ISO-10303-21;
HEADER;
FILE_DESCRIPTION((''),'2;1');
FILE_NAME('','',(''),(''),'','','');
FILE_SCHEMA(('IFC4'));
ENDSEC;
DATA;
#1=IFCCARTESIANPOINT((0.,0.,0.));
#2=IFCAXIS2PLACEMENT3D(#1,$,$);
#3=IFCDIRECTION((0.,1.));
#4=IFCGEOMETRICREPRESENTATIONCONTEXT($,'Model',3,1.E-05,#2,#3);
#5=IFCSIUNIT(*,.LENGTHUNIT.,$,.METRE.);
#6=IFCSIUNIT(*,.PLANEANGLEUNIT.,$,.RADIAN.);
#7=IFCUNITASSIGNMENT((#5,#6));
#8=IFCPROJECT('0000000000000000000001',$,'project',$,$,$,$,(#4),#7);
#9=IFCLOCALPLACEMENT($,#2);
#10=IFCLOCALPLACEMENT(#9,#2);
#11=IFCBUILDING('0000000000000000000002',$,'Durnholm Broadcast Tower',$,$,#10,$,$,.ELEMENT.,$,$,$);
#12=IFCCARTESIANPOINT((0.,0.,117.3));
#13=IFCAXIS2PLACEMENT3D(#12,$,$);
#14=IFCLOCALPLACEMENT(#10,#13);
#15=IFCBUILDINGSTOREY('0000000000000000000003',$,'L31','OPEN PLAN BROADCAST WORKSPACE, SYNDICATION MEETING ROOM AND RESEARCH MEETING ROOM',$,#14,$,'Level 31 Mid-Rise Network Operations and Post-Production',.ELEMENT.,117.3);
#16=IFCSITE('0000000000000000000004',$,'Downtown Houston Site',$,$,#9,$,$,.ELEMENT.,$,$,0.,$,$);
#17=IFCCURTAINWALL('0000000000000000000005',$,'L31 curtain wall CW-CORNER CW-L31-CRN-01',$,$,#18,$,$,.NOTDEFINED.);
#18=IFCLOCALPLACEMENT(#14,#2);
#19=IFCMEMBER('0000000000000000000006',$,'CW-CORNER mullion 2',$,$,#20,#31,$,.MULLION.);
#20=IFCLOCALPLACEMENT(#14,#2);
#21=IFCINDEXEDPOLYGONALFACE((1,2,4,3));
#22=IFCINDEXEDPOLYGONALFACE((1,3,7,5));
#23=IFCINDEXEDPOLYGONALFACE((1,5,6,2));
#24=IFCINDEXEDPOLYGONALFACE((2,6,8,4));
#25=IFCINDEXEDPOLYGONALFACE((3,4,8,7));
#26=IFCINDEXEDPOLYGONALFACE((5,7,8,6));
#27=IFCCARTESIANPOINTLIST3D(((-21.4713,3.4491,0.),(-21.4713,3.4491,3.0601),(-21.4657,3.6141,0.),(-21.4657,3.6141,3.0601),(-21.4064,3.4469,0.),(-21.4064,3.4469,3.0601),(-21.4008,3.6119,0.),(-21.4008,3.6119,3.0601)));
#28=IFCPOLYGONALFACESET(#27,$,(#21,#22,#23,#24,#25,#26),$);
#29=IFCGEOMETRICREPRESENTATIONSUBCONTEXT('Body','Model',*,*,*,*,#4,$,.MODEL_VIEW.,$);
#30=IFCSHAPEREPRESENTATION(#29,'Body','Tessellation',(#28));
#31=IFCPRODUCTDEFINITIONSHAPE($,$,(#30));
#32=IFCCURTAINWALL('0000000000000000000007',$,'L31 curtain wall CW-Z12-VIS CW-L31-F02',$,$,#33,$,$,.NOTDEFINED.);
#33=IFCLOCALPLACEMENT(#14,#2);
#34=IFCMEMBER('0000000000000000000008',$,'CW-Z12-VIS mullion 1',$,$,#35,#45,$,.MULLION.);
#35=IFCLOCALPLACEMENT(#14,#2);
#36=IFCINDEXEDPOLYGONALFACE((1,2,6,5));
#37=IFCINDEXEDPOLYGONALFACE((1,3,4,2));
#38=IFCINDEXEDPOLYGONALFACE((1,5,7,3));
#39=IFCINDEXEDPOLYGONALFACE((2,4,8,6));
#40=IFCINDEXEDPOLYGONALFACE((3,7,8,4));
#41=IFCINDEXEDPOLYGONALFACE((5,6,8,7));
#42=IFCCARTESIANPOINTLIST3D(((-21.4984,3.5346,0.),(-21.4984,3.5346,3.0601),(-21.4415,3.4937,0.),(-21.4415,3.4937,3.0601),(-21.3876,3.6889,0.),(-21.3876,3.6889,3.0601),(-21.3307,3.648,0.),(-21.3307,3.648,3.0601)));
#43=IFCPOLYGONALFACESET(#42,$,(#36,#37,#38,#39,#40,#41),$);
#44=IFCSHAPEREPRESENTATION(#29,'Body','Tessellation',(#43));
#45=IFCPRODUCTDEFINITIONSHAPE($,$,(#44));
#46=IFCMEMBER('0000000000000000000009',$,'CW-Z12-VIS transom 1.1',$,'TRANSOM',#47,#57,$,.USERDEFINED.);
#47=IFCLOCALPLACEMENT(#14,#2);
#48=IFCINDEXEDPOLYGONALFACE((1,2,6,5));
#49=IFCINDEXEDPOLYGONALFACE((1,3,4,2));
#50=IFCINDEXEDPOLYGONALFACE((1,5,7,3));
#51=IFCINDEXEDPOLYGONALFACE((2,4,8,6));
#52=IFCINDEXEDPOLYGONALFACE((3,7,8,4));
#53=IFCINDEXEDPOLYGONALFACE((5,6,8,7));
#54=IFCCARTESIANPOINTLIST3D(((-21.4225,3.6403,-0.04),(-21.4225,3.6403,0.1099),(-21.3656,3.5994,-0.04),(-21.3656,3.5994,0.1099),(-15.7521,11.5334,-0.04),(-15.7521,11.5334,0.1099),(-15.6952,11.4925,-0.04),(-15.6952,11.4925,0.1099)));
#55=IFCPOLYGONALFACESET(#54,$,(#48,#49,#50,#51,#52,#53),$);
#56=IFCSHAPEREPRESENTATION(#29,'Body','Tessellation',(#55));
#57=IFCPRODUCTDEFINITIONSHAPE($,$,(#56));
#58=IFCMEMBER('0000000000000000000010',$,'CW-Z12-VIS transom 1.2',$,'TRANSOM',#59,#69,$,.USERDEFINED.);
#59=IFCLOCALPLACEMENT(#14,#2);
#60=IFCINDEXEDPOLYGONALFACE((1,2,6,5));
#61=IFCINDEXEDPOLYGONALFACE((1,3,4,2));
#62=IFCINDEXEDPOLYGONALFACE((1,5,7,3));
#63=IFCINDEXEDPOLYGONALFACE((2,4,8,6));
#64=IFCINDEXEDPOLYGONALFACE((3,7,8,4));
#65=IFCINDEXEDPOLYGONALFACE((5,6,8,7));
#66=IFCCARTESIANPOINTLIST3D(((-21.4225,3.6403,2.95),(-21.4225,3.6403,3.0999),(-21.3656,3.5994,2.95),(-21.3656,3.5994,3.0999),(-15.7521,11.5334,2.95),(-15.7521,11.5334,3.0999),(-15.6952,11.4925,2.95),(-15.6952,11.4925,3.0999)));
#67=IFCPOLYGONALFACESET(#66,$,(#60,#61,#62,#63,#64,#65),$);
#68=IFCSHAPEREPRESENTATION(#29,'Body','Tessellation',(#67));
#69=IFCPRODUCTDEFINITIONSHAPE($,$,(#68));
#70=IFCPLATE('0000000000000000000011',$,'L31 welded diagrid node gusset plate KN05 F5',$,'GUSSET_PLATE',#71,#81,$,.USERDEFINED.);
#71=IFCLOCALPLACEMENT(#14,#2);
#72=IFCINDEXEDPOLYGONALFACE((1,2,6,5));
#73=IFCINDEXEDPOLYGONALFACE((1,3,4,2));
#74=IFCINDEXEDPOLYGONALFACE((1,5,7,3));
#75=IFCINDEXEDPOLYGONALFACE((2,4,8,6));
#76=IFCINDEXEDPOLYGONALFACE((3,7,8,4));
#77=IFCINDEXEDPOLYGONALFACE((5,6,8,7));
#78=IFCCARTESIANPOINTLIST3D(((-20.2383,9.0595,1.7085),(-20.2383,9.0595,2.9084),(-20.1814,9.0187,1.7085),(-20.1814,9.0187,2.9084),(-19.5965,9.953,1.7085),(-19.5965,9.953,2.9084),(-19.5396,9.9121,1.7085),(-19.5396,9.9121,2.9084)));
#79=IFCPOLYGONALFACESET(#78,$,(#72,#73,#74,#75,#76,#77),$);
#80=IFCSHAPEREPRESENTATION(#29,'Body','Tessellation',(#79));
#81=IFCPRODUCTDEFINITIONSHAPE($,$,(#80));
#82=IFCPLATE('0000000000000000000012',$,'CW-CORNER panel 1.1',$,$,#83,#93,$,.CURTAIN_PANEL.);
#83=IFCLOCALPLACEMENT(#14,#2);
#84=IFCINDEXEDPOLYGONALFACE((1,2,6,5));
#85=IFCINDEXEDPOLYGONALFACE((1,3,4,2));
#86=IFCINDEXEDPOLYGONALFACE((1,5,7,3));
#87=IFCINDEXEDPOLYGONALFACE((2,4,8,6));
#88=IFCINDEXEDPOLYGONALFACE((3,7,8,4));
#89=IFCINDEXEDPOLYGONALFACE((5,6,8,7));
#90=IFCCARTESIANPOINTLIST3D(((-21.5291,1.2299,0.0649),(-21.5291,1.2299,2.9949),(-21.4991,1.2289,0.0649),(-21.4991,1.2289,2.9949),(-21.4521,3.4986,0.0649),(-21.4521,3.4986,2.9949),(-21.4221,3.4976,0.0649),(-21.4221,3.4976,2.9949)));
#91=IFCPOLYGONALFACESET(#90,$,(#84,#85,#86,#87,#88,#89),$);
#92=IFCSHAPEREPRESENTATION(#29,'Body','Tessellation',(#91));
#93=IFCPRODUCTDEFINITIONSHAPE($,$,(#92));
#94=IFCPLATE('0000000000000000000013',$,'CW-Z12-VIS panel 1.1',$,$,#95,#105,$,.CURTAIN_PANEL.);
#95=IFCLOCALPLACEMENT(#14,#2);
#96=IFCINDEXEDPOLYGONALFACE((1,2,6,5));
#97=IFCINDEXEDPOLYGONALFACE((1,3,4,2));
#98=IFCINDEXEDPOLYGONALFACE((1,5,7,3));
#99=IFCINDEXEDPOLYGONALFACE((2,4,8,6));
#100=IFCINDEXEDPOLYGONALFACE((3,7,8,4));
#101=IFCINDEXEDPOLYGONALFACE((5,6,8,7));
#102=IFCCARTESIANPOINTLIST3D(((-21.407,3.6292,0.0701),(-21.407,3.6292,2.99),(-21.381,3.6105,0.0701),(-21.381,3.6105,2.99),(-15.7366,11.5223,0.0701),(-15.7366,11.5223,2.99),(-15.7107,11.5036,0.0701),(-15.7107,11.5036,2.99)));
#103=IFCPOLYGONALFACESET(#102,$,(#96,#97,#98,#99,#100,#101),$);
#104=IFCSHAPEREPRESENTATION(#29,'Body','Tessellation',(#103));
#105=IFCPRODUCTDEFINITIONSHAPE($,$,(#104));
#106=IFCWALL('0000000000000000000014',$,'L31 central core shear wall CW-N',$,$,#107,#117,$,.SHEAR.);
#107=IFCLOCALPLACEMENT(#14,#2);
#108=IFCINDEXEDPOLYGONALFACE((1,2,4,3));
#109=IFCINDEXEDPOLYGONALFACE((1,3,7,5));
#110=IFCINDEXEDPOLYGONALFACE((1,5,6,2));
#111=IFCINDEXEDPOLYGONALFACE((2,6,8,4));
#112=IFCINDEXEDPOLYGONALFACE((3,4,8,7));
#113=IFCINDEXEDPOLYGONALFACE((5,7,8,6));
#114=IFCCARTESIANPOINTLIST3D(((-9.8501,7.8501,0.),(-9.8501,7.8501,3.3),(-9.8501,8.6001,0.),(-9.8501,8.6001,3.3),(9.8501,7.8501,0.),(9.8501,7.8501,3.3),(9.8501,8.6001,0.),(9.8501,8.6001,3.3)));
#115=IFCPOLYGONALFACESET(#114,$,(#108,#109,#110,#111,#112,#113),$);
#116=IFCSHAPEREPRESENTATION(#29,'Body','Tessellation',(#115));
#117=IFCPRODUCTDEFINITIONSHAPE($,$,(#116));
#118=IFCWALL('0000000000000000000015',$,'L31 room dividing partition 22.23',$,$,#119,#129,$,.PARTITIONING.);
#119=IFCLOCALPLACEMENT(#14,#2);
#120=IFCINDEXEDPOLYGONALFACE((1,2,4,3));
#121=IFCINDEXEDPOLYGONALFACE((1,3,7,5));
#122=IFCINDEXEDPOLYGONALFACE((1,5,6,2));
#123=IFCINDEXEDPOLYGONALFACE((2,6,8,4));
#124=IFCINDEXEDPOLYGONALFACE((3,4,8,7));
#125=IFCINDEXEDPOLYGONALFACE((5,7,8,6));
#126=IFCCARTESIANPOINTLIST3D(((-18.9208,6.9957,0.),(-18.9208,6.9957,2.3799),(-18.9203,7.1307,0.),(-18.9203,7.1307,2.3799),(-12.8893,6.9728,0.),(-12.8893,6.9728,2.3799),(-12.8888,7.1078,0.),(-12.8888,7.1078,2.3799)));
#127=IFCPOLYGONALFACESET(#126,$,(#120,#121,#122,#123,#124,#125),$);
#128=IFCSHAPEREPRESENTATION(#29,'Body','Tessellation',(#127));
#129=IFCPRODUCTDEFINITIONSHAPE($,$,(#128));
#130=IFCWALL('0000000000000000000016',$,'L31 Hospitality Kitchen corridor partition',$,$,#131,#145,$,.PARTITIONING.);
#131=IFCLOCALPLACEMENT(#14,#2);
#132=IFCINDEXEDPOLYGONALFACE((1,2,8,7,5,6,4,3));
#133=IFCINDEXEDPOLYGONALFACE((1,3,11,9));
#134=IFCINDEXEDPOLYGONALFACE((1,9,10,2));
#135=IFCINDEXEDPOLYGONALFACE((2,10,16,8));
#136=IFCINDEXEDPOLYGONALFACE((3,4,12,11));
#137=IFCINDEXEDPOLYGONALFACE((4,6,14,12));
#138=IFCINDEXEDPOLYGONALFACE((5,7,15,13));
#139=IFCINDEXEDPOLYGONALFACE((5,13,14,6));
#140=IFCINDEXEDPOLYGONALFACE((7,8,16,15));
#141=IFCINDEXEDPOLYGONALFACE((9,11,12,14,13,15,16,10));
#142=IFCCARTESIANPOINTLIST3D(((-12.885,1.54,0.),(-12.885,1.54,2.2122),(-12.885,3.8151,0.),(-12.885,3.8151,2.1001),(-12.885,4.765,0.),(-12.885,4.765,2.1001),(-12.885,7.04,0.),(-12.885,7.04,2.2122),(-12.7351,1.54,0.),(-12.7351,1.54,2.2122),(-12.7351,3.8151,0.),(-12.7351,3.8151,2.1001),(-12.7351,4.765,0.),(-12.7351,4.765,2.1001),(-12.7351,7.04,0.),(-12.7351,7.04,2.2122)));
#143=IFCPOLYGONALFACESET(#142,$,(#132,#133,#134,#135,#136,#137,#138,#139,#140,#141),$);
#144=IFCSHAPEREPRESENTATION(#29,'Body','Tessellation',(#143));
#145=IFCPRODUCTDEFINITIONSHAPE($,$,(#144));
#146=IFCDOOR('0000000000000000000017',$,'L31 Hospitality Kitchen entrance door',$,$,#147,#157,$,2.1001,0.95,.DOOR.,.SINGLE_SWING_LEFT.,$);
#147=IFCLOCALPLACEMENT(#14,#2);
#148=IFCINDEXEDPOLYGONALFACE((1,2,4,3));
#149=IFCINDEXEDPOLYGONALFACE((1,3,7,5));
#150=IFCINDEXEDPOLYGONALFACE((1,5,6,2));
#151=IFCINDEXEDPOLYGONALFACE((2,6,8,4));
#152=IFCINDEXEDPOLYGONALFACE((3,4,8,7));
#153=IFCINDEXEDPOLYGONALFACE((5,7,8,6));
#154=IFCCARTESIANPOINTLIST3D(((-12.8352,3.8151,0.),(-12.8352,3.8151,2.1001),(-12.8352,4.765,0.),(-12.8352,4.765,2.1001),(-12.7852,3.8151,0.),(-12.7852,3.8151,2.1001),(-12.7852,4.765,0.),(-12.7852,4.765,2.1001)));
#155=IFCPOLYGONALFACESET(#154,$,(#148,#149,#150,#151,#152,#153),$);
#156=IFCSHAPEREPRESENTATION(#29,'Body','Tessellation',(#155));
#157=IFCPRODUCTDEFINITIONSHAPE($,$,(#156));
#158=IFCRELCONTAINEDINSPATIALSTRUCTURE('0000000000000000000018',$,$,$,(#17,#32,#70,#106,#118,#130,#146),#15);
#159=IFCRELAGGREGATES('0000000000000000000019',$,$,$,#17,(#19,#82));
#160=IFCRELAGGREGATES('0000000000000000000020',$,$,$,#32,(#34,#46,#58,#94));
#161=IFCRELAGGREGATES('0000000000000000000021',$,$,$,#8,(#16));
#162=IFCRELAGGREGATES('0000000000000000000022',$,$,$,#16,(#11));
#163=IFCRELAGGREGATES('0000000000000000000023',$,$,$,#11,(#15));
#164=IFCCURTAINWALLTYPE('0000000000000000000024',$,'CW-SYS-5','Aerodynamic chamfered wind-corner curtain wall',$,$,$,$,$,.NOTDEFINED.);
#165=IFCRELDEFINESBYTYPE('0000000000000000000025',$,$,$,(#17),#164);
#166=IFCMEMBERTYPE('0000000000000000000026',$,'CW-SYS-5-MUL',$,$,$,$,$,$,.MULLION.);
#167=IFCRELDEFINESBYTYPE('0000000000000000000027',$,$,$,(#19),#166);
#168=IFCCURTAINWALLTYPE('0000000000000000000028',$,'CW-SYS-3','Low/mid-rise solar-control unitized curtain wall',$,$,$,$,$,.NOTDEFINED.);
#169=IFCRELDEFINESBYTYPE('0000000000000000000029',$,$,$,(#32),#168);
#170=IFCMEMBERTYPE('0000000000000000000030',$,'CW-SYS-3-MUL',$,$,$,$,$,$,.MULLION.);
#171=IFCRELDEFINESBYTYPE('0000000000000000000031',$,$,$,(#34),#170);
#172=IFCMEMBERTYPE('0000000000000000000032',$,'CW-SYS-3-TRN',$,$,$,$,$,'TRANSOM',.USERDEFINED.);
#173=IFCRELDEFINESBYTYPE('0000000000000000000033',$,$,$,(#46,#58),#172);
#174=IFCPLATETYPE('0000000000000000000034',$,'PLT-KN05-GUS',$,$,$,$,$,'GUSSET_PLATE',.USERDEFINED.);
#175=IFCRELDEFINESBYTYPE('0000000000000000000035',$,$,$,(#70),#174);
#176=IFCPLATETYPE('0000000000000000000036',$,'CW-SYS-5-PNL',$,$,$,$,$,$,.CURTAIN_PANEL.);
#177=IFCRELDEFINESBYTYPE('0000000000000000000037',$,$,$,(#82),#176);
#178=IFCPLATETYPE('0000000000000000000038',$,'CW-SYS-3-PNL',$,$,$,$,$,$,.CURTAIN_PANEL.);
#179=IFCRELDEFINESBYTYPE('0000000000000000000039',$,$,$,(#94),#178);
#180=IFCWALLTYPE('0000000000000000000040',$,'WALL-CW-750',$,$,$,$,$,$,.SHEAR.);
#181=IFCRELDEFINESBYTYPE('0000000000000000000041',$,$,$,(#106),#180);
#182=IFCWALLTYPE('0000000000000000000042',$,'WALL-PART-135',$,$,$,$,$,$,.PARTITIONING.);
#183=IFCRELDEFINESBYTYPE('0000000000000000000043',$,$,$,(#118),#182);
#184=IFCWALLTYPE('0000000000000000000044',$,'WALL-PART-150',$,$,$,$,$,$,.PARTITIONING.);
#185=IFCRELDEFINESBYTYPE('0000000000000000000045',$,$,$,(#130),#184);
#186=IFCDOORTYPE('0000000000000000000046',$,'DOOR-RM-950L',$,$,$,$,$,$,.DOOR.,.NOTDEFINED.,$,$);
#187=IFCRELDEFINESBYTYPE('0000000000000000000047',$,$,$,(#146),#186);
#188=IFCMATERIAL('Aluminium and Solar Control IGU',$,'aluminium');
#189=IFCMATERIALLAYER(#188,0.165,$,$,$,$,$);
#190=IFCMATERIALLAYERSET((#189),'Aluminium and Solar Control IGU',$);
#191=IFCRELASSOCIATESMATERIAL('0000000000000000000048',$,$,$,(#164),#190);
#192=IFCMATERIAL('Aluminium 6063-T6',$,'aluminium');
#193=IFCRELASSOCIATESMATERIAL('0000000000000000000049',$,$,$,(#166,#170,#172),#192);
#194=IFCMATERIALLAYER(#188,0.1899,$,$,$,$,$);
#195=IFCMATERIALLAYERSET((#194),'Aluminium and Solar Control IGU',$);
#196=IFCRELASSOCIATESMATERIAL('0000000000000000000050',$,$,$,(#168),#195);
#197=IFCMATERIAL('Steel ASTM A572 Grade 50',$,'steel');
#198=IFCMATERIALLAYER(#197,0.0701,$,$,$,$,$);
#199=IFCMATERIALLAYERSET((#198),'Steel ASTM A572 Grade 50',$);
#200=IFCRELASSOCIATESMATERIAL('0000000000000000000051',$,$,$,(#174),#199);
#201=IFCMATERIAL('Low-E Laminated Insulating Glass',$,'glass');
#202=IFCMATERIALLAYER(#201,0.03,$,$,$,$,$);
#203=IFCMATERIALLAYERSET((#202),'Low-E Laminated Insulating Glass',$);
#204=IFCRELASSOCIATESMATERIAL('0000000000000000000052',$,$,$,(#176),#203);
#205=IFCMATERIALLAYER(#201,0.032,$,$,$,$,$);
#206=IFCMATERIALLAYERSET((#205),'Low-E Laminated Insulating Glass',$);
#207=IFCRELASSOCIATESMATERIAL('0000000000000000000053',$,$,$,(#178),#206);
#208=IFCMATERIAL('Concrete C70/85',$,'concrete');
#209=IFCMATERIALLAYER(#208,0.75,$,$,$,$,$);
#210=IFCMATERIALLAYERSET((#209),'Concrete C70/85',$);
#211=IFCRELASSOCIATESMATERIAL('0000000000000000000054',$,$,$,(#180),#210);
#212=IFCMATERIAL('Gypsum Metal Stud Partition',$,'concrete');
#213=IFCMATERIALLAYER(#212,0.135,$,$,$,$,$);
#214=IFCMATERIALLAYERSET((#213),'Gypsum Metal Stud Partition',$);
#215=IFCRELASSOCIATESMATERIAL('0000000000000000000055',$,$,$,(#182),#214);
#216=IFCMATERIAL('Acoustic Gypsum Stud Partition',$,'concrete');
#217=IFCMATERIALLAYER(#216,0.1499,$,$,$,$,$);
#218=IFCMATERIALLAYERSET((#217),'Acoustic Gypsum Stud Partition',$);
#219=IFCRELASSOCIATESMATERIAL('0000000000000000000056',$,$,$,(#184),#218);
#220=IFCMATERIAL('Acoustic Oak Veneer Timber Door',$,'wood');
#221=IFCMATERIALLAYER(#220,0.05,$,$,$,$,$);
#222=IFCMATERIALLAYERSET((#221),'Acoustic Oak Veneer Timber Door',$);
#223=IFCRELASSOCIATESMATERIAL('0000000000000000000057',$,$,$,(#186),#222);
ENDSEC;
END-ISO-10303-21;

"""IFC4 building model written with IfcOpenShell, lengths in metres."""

from ifc_helpers import new_model, si_unit, direction, frame, frame_2d, origin, origin_2d, place, context, subcontext, project, spatial, rectangle, extrude, source, transform, mapped, material, layer, layer_set, material_profile, profile_set, type_object, type_shapes, element, fill, aggregate, save


model = new_model("IFC4")

# Units and contexts
model_context = context("Model", 3, precision=1e-05, world=origin(), true_north=direction((0.0, 1.0)))
body_context = subcontext(model_context, "Body", "Model", "MODEL_VIEW")
ifc_project = project(units=[si_unit("LENGTHUNIT", "METRE"), si_unit("PLANEANGLEUNIT", "RADIAN")], contexts=[model_context])

# Site, building, storey
site_placement = place(None, origin())
site = spatial("IfcSite", under=ifc_project, at=site_placement, Name="Downtown Houston Site", CompositionType="ELEMENT", RefElevation=0.0)
building_placement = place(site_placement, origin())
building = spatial("IfcBuilding", under=site, at=building_placement, Name="Durnholm Broadcast Tower", CompositionType="ELEMENT")
storey_placement = place(building_placement, frame((0.0, 0.0, 117.3)))
storey = spatial("IfcBuildingStorey", under=building, at=storey_placement, Name="L31", Description="OPEN PLAN BROADCAST WORKSPACE, SYNDICATION MEETING ROOM AND RESEARCH MEETING ROOM", LongName="Level 31 Mid-Rise Network Operations and Post-Production", CompositionType="ELEMENT", Elevation=117.3)

# Shared definitions
ifc_material_1 = material(Name="Concrete C70/85", Category="concrete")

# Curtain wall, member
ifc_material_2 = material(Name="Aluminium and Solar Control IGU", Category="aluminium")
ifc_layer_1 = layer(ifc_material_2, 0.165)
ifc_layer_set_1 = layer_set([ifc_layer_1], Name="Aluminium and Solar Control IGU")
curtain_wall_type_1 = type_object("IfcCurtainWallType", Name="CW-SYS-5", Description="Aerodynamic chamfered wind-corner curtain wall", PredefinedType="NOTDEFINED", material=ifc_layer_set_1)
curtain_wall_1_placement = place(storey_placement, origin())
curtain_wall_1 = element("IfcCurtainWall", 1, at=curtain_wall_1_placement, inside=storey, type_object=curtain_wall_type_1, Name="L31 curtain wall CW-CORNER CW-L31-CRN-01", PredefinedType="NOTDEFINED")
ifc_material_3 = material(Name="Aluminium 6063-T6", Category="aluminium")
ifc_material_profile_1 = material_profile(ifc_material_3, rectangle(XDim=0.0649, YDim=0.165, at=origin_2d()), Name="CWM65X165")
ifc_profile_set_1 = profile_set([ifc_material_profile_1], Name="Aluminium 6063-T6")
member_type_1 = type_object("IfcMemberType", Name="CW-SYS-5-MUL", PredefinedType="MULLION", material=ifc_profile_set_1)
shared_shape_1 = source(origin(), body_context, "Body", "SweptSolid", [
    extrude(rectangle(XDim=0.0649, YDim=0.165, at=origin_2d()), origin(), (0.0, 0.0, 1.0), 3.0601),
])
type_shapes(member_type_1, [shared_shape_1])
member_1_placement = place(storey_placement, frame((-21.436, 3.5305, 0.0), z_axis=(0.0, 0.0, 1.0), x_axis=(-0.999425, 0.033917, 0.0)))
member_1 = element("IfcMember", 2, at=member_1_placement, type_object=member_type_1, Name="CW-CORNER mullion 2", PredefinedType="MULLION", context=body_context, shape_type="MappedRepresentation", body=[
    mapped(shared_shape_1, transform((0.0, 0.0, 0.0), x_axis=(1.0, 0.0, 0.0), y_axis=(0.0, 1.0, 0.0), z_axis=(0.0, 0.0, 1.0), scale=1.0)),
])

# Curtain wall, members
ifc_layer_2 = layer(ifc_material_2, 0.1899)
ifc_layer_set_2 = layer_set([ifc_layer_2], Name="Aluminium and Solar Control IGU")
curtain_wall_type_2 = type_object("IfcCurtainWallType", Name="CW-SYS-3", Description="Low/mid-rise solar-control unitized curtain wall", PredefinedType="NOTDEFINED", material=ifc_layer_set_2)
curtain_wall_2_placement = place(storey_placement, origin())
curtain_wall_2 = element("IfcCurtainWall", 3, at=curtain_wall_2_placement, inside=storey, type_object=curtain_wall_type_2, Name="L31 curtain wall CW-Z12-VIS CW-L31-F02", PredefinedType="NOTDEFINED")
ifc_material_profile_2 = material_profile(ifc_material_3, rectangle(XDim=0.0701, YDim=0.1899, at=origin_2d()), Name="CWM70X190")
ifc_profile_set_2 = profile_set([ifc_material_profile_2], Name="Aluminium 6063-T6")
member_type_2 = type_object("IfcMemberType", Name="CW-SYS-3-MUL", PredefinedType="MULLION", material=ifc_profile_set_2)
shared_shape_2 = source(origin(), body_context, "Body", "SweptSolid", [
    extrude(rectangle(XDim=0.0701, YDim=0.1899, at=origin_2d()), origin(), (0.0, 0.0, 1.0), 3.0601),
])
type_shapes(member_type_2, [shared_shape_2])
member_2_placement = place(storey_placement, frame((-21.4146, 3.5913, 0.0), z_axis=(0.0, 0.0, 1.0), x_axis=(-0.812152, 0.583445, 0.0)))
member_2 = element("IfcMember", 4, at=member_2_placement, type_object=member_type_2, Name="CW-Z12-VIS mullion 1", PredefinedType="MULLION", context=body_context, shape_type="MappedRepresentation", body=[
    mapped(shared_shape_2, transform((0.0, 0.0, 0.0), x_axis=(1.0, 0.0, 0.0), y_axis=(0.0, 1.0, 0.0), z_axis=(0.0, 0.0, 1.0), scale=1.0)),
])
ifc_material_profile_3 = material_profile(ifc_material_3, rectangle(XDim=0.0701, YDim=0.1499, at=origin_2d()), Name="CWT70X150")
ifc_profile_set_3 = profile_set([ifc_material_profile_3], Name="Aluminium 6063-T6")
member_type_3 = type_object("IfcMemberType", Name="CW-SYS-3-TRN", ElementType="TRANSOM", PredefinedType="USERDEFINED", material=ifc_profile_set_3)
shared_shape_3 = source(origin(), body_context, "Body", "SweptSolid", [
    extrude(rectangle(XDim=0.0701, YDim=0.1499, at=origin_2d()), origin(), (0.0, 0.0, 1.0), 9.7188),
])
type_shapes(member_type_3, [shared_shape_3])
member_3_placement = place(storey_placement, frame((-21.394, 3.6199, 0.0349), z_axis=(0.583451, 0.812149, 0.0), x_axis=(-0.812149, 0.583451, 0.0)))
member_3 = element("IfcMember", 5, at=member_3_placement, type_object=member_type_3, Name="CW-Z12-VIS transom 1.1", ObjectType="TRANSOM", PredefinedType="USERDEFINED", context=body_context, shape_type="MappedRepresentation", body=[
    mapped(shared_shape_3, transform((0.0, 0.0, 0.0), x_axis=(1.0, 0.0, 0.0), y_axis=(0.0, 1.0, 0.0), z_axis=(0.0, 0.0, 1.0), scale=1.0)),
])
member_4_placement = place(storey_placement, frame((-21.394, 3.6199, 3.0249), z_axis=(0.583451, 0.812149, 0.0), x_axis=(-0.812149, 0.583451, 0.0)))
member_4 = element("IfcMember", 6, at=member_4_placement, type_object=member_type_3, Name="CW-Z12-VIS transom 1.2", ObjectType="TRANSOM", PredefinedType="USERDEFINED", context=body_context, shape_type="MappedRepresentation", body=[
    mapped(shared_shape_3, transform((0.0, 0.0, 0.0), x_axis=(1.0, 0.0, 0.0), y_axis=(0.0, 1.0, 0.0), z_axis=(0.0, 0.0, 1.0), scale=1.0)),
])

# Plates
ifc_material_4 = material(Name="Steel ASTM A572 Grade 50", Category="steel")
ifc_layer_3 = layer(ifc_material_4, 0.0701)
ifc_layer_set_3 = layer_set([ifc_layer_3], Name="Steel ASTM A572 Grade 50")
plate_type_1 = type_object("IfcPlateType", Name="PLT-KN05-GUS", ElementType="GUSSET_PLATE", PredefinedType="USERDEFINED", material=ifc_layer_set_3)
shared_shape_4 = source(origin(), body_context, "Body", "SweptSolid", [
    extrude(rectangle(XDim=1.1001, YDim=0.0701, at=origin_2d()), origin(), (0.0, 0.0, 1.0), 1.2),
])
type_shapes(plate_type_1, [shared_shape_4])
plate_1_placement = place(storey_placement, frame((-19.8889, 9.4858, 1.7085), z_axis=(0.0, 0.0, 1.0), x_axis=(-0.583399, -0.812185, 0.0)))
element("IfcPlate", 7, at=plate_1_placement, inside=storey, type_object=plate_type_1, Name="L31 welded diagrid node gusset plate KN05 F5", ObjectType="GUSSET_PLATE", PredefinedType="USERDEFINED", context=body_context, shape_type="MappedRepresentation", body=[
    mapped(shared_shape_4, transform((0.0, 0.0, 0.0), x_axis=(1.0, 0.0, 0.0), y_axis=(0.0, 1.0, 0.0), z_axis=(0.0, 0.0, 1.0), scale=1.0)),
])
ifc_material_5 = material(Name="Low-E Laminated Insulating Glass", Category="glass")
ifc_layer_4 = layer(ifc_material_5, 0.03)
ifc_layer_set_4 = layer_set([ifc_layer_4], Name="Low-E Laminated Insulating Glass")
plate_type_2 = type_object("IfcPlateType", Name="CW-SYS-5-PNL", PredefinedType="CURTAIN_PANEL", material=ifc_layer_set_4)
shared_shape_5 = source(origin(), body_context, "Body", "SweptSolid", [
    extrude(rectangle(XDim=2.27, YDim=0.03, at=origin_2d()), origin(), (0.0, 0.0, 1.0), 2.9299),
])
type_shapes(plate_type_2, [shared_shape_5])
plate_2_placement = place(storey_placement, frame((-21.4756, 2.3638, 0.0649), z_axis=(0.0, 0.0, 1.0), x_axis=(0.033917, 0.999425, 0.0)))
plate_2 = element("IfcPlate", 8, at=plate_2_placement, type_object=plate_type_2, Name="CW-CORNER panel 1.1", PredefinedType="CURTAIN_PANEL", context=body_context, shape_type="MappedRepresentation", body=[
    mapped(shared_shape_5, transform((0.0, 0.0, 0.0), x_axis=(1.0, 0.0, 0.0), y_axis=(0.0, 1.0, 0.0), z_axis=(0.0, 0.0, 1.0), scale=1.0)),
])
aggregate(curtain_wall_1, [member_1, plate_2])
ifc_layer_5 = layer(ifc_material_5, 0.032)
ifc_layer_set_5 = layer_set([ifc_layer_5], Name="Low-E Laminated Insulating Glass")
plate_type_3 = type_object("IfcPlateType", Name="CW-SYS-3-PNL", PredefinedType="CURTAIN_PANEL", material=ifc_layer_set_5)
shared_shape_6 = source(origin(), body_context, "Body", "SweptSolid", [
    extrude(rectangle(XDim=9.7188, YDim=0.032, at=origin_2d()), origin(), (0.0, 0.0, 1.0), 2.9199),
])
type_shapes(plate_type_3, [shared_shape_6])
plate_3_placement = place(storey_placement, frame((-18.5588, 7.5664, 0.0701), z_axis=(0.0, 0.0, 1.0), x_axis=(0.583445, 0.812152, 0.0)))
plate_3 = element("IfcPlate", 9, at=plate_3_placement, type_object=plate_type_3, Name="CW-Z12-VIS panel 1.1", PredefinedType="CURTAIN_PANEL", context=body_context, shape_type="MappedRepresentation", body=[
    mapped(shared_shape_6, transform((0.0, 0.0, 0.0), x_axis=(1.0, 0.0, 0.0), y_axis=(0.0, 1.0, 0.0), z_axis=(0.0, 0.0, 1.0), scale=1.0)),
])
aggregate(curtain_wall_2, [member_2, member_3, member_4, plate_3])

# Walls
ifc_layer_6 = layer(ifc_material_1, 0.75)
ifc_layer_set_6 = layer_set([ifc_layer_6], Name="Concrete C70/85")
wall_type_1 = type_object("IfcWallType", Name="WALL-CW-750", PredefinedType="SHEAR", material=ifc_layer_set_6)
wall_1_placement = place(storey_placement, frame((-9.8501, 8.2251, 0.0), z_axis=(0.0, 0.0, 1.0), x_axis=(1.0, 0.0, 0.0)))
element("IfcWall", 10, at=wall_1_placement, inside=storey, type_object=wall_type_1, Name="L31 central core shear wall CW-N", PredefinedType="SHEAR", context=body_context, shape_type="SweptSolid", body=[
    extrude(rectangle(XDim=19.7002, YDim=0.75, at=frame_2d((9.8501, 0.0))), origin(), (0.0, 0.0, 1.0), 3.3),
])
ifc_material_6 = material(Name="Gypsum Metal Stud Partition", Category="concrete")
ifc_layer_7 = layer(ifc_material_6, 0.135)
ifc_layer_set_7 = layer_set([ifc_layer_7], Name="Gypsum Metal Stud Partition")
wall_type_2 = type_object("IfcWallType", Name="WALL-PART-135", PredefinedType="PARTITIONING", material=ifc_layer_set_7)
wall_2_placement = place(storey_placement, frame((-18.9204, 7.0632, 0.0), z_axis=(0.0, 0.0, 1.0), x_axis=(0.999993, -0.003805, 0.0)))
element("IfcWall", 11, at=wall_2_placement, inside=storey, type_object=wall_type_2, Name="L31 room dividing partition 22.23", PredefinedType="PARTITIONING", context=body_context, shape_type="SweptSolid", body=[
    extrude(rectangle(XDim=6.0315, YDim=0.135, at=frame_2d((3.0156, 0.0))), origin(), (0.0, 0.0, 1.0), 2.3799),
])

# Wall, opening, door
ifc_material_7 = material(Name="Acoustic Gypsum Stud Partition", Category="concrete")
ifc_layer_8 = layer(ifc_material_7, 0.1499)
ifc_layer_set_8 = layer_set([ifc_layer_8], Name="Acoustic Gypsum Stud Partition")
wall_type_3 = type_object("IfcWallType", Name="WALL-PART-150", PredefinedType="PARTITIONING", material=ifc_layer_set_8)
wall_3_placement = place(storey_placement, frame((-12.8101, 7.04, 0.0), z_axis=(0.0, 0.0, 1.0), x_axis=(0.0, -1.0, 0.0)))
wall_3 = element("IfcWall", 12, at=wall_3_placement, inside=storey, type_object=wall_type_3, Name="L31 Hospitality Kitchen corridor partition", PredefinedType="PARTITIONING", context=body_context, shape_type="SweptSolid", body=[
    extrude(rectangle(XDim=5.5, YDim=0.1499, at=frame_2d((2.75, 0.0))), origin(), (0.0, 0.0, 1.0), 2.2122),
])
opening_placement = place(wall_3_placement, frame((2.2749, 0.0, 0.0)))
opening = element("IfcOpeningElement", 13, at=opening_placement, cuts=wall_3, PredefinedType="OPENING", context=body_context, shape_type="SweptSolid", body=[
    extrude(rectangle(XDim=0.95, YDim=2.1001, at=frame_2d((0.4751, 1.05))), frame((0.0, 0.085, 0.0), z_axis=(0.0, -1.0, 0.0), x_axis=(1.0, 0.0, 0.0)), (0.0, 0.0, 1.0), 0.1699),
])
ifc_material_8 = material(Name="Acoustic Oak Veneer Timber Door", Category="wood")
ifc_layer_9 = layer(ifc_material_8, 0.05)
ifc_layer_set_9 = layer_set([ifc_layer_9], Name="Acoustic Oak Veneer Timber Door")
door_type = type_object("IfcDoorType", Name="DOOR-RM-950L", OperationType="NOTDEFINED", PredefinedType="DOOR", material=ifc_layer_set_9)
shared_shape_7 = source(origin(), body_context, "Body", "SweptSolid", [
    extrude(rectangle(XDim=0.95, YDim=2.1001, at=frame_2d((0.4751, 1.05))), frame((0.0, 0.0249, 0.0), z_axis=(0.0, -1.0, 0.0), x_axis=(1.0, 0.0, 0.0)), (0.0, 0.0, 1.0), 0.05),
])
type_shapes(door_type, [shared_shape_7])
door_placement = place(opening_placement, origin())
door = element("IfcDoor", 14, at=door_placement, inside=storey, type_object=door_type, Name="L31 Hospitality Kitchen entrance door", OperationType="SINGLE_SWING_LEFT", OverallHeight=2.1001, OverallWidth=0.95, PredefinedType="DOOR", context=body_context, shape_type="MappedRepresentation", body=[
    mapped(shared_shape_7, transform((0.0, 0.0, 0.0), x_axis=(1.0, 0.0, 0.0), y_axis=(0.0, 1.0, 0.0), z_axis=(0.0, 0.0, 1.0), scale=1.0)),
])
fill(opening, door)

save(model, "model.ifc")
